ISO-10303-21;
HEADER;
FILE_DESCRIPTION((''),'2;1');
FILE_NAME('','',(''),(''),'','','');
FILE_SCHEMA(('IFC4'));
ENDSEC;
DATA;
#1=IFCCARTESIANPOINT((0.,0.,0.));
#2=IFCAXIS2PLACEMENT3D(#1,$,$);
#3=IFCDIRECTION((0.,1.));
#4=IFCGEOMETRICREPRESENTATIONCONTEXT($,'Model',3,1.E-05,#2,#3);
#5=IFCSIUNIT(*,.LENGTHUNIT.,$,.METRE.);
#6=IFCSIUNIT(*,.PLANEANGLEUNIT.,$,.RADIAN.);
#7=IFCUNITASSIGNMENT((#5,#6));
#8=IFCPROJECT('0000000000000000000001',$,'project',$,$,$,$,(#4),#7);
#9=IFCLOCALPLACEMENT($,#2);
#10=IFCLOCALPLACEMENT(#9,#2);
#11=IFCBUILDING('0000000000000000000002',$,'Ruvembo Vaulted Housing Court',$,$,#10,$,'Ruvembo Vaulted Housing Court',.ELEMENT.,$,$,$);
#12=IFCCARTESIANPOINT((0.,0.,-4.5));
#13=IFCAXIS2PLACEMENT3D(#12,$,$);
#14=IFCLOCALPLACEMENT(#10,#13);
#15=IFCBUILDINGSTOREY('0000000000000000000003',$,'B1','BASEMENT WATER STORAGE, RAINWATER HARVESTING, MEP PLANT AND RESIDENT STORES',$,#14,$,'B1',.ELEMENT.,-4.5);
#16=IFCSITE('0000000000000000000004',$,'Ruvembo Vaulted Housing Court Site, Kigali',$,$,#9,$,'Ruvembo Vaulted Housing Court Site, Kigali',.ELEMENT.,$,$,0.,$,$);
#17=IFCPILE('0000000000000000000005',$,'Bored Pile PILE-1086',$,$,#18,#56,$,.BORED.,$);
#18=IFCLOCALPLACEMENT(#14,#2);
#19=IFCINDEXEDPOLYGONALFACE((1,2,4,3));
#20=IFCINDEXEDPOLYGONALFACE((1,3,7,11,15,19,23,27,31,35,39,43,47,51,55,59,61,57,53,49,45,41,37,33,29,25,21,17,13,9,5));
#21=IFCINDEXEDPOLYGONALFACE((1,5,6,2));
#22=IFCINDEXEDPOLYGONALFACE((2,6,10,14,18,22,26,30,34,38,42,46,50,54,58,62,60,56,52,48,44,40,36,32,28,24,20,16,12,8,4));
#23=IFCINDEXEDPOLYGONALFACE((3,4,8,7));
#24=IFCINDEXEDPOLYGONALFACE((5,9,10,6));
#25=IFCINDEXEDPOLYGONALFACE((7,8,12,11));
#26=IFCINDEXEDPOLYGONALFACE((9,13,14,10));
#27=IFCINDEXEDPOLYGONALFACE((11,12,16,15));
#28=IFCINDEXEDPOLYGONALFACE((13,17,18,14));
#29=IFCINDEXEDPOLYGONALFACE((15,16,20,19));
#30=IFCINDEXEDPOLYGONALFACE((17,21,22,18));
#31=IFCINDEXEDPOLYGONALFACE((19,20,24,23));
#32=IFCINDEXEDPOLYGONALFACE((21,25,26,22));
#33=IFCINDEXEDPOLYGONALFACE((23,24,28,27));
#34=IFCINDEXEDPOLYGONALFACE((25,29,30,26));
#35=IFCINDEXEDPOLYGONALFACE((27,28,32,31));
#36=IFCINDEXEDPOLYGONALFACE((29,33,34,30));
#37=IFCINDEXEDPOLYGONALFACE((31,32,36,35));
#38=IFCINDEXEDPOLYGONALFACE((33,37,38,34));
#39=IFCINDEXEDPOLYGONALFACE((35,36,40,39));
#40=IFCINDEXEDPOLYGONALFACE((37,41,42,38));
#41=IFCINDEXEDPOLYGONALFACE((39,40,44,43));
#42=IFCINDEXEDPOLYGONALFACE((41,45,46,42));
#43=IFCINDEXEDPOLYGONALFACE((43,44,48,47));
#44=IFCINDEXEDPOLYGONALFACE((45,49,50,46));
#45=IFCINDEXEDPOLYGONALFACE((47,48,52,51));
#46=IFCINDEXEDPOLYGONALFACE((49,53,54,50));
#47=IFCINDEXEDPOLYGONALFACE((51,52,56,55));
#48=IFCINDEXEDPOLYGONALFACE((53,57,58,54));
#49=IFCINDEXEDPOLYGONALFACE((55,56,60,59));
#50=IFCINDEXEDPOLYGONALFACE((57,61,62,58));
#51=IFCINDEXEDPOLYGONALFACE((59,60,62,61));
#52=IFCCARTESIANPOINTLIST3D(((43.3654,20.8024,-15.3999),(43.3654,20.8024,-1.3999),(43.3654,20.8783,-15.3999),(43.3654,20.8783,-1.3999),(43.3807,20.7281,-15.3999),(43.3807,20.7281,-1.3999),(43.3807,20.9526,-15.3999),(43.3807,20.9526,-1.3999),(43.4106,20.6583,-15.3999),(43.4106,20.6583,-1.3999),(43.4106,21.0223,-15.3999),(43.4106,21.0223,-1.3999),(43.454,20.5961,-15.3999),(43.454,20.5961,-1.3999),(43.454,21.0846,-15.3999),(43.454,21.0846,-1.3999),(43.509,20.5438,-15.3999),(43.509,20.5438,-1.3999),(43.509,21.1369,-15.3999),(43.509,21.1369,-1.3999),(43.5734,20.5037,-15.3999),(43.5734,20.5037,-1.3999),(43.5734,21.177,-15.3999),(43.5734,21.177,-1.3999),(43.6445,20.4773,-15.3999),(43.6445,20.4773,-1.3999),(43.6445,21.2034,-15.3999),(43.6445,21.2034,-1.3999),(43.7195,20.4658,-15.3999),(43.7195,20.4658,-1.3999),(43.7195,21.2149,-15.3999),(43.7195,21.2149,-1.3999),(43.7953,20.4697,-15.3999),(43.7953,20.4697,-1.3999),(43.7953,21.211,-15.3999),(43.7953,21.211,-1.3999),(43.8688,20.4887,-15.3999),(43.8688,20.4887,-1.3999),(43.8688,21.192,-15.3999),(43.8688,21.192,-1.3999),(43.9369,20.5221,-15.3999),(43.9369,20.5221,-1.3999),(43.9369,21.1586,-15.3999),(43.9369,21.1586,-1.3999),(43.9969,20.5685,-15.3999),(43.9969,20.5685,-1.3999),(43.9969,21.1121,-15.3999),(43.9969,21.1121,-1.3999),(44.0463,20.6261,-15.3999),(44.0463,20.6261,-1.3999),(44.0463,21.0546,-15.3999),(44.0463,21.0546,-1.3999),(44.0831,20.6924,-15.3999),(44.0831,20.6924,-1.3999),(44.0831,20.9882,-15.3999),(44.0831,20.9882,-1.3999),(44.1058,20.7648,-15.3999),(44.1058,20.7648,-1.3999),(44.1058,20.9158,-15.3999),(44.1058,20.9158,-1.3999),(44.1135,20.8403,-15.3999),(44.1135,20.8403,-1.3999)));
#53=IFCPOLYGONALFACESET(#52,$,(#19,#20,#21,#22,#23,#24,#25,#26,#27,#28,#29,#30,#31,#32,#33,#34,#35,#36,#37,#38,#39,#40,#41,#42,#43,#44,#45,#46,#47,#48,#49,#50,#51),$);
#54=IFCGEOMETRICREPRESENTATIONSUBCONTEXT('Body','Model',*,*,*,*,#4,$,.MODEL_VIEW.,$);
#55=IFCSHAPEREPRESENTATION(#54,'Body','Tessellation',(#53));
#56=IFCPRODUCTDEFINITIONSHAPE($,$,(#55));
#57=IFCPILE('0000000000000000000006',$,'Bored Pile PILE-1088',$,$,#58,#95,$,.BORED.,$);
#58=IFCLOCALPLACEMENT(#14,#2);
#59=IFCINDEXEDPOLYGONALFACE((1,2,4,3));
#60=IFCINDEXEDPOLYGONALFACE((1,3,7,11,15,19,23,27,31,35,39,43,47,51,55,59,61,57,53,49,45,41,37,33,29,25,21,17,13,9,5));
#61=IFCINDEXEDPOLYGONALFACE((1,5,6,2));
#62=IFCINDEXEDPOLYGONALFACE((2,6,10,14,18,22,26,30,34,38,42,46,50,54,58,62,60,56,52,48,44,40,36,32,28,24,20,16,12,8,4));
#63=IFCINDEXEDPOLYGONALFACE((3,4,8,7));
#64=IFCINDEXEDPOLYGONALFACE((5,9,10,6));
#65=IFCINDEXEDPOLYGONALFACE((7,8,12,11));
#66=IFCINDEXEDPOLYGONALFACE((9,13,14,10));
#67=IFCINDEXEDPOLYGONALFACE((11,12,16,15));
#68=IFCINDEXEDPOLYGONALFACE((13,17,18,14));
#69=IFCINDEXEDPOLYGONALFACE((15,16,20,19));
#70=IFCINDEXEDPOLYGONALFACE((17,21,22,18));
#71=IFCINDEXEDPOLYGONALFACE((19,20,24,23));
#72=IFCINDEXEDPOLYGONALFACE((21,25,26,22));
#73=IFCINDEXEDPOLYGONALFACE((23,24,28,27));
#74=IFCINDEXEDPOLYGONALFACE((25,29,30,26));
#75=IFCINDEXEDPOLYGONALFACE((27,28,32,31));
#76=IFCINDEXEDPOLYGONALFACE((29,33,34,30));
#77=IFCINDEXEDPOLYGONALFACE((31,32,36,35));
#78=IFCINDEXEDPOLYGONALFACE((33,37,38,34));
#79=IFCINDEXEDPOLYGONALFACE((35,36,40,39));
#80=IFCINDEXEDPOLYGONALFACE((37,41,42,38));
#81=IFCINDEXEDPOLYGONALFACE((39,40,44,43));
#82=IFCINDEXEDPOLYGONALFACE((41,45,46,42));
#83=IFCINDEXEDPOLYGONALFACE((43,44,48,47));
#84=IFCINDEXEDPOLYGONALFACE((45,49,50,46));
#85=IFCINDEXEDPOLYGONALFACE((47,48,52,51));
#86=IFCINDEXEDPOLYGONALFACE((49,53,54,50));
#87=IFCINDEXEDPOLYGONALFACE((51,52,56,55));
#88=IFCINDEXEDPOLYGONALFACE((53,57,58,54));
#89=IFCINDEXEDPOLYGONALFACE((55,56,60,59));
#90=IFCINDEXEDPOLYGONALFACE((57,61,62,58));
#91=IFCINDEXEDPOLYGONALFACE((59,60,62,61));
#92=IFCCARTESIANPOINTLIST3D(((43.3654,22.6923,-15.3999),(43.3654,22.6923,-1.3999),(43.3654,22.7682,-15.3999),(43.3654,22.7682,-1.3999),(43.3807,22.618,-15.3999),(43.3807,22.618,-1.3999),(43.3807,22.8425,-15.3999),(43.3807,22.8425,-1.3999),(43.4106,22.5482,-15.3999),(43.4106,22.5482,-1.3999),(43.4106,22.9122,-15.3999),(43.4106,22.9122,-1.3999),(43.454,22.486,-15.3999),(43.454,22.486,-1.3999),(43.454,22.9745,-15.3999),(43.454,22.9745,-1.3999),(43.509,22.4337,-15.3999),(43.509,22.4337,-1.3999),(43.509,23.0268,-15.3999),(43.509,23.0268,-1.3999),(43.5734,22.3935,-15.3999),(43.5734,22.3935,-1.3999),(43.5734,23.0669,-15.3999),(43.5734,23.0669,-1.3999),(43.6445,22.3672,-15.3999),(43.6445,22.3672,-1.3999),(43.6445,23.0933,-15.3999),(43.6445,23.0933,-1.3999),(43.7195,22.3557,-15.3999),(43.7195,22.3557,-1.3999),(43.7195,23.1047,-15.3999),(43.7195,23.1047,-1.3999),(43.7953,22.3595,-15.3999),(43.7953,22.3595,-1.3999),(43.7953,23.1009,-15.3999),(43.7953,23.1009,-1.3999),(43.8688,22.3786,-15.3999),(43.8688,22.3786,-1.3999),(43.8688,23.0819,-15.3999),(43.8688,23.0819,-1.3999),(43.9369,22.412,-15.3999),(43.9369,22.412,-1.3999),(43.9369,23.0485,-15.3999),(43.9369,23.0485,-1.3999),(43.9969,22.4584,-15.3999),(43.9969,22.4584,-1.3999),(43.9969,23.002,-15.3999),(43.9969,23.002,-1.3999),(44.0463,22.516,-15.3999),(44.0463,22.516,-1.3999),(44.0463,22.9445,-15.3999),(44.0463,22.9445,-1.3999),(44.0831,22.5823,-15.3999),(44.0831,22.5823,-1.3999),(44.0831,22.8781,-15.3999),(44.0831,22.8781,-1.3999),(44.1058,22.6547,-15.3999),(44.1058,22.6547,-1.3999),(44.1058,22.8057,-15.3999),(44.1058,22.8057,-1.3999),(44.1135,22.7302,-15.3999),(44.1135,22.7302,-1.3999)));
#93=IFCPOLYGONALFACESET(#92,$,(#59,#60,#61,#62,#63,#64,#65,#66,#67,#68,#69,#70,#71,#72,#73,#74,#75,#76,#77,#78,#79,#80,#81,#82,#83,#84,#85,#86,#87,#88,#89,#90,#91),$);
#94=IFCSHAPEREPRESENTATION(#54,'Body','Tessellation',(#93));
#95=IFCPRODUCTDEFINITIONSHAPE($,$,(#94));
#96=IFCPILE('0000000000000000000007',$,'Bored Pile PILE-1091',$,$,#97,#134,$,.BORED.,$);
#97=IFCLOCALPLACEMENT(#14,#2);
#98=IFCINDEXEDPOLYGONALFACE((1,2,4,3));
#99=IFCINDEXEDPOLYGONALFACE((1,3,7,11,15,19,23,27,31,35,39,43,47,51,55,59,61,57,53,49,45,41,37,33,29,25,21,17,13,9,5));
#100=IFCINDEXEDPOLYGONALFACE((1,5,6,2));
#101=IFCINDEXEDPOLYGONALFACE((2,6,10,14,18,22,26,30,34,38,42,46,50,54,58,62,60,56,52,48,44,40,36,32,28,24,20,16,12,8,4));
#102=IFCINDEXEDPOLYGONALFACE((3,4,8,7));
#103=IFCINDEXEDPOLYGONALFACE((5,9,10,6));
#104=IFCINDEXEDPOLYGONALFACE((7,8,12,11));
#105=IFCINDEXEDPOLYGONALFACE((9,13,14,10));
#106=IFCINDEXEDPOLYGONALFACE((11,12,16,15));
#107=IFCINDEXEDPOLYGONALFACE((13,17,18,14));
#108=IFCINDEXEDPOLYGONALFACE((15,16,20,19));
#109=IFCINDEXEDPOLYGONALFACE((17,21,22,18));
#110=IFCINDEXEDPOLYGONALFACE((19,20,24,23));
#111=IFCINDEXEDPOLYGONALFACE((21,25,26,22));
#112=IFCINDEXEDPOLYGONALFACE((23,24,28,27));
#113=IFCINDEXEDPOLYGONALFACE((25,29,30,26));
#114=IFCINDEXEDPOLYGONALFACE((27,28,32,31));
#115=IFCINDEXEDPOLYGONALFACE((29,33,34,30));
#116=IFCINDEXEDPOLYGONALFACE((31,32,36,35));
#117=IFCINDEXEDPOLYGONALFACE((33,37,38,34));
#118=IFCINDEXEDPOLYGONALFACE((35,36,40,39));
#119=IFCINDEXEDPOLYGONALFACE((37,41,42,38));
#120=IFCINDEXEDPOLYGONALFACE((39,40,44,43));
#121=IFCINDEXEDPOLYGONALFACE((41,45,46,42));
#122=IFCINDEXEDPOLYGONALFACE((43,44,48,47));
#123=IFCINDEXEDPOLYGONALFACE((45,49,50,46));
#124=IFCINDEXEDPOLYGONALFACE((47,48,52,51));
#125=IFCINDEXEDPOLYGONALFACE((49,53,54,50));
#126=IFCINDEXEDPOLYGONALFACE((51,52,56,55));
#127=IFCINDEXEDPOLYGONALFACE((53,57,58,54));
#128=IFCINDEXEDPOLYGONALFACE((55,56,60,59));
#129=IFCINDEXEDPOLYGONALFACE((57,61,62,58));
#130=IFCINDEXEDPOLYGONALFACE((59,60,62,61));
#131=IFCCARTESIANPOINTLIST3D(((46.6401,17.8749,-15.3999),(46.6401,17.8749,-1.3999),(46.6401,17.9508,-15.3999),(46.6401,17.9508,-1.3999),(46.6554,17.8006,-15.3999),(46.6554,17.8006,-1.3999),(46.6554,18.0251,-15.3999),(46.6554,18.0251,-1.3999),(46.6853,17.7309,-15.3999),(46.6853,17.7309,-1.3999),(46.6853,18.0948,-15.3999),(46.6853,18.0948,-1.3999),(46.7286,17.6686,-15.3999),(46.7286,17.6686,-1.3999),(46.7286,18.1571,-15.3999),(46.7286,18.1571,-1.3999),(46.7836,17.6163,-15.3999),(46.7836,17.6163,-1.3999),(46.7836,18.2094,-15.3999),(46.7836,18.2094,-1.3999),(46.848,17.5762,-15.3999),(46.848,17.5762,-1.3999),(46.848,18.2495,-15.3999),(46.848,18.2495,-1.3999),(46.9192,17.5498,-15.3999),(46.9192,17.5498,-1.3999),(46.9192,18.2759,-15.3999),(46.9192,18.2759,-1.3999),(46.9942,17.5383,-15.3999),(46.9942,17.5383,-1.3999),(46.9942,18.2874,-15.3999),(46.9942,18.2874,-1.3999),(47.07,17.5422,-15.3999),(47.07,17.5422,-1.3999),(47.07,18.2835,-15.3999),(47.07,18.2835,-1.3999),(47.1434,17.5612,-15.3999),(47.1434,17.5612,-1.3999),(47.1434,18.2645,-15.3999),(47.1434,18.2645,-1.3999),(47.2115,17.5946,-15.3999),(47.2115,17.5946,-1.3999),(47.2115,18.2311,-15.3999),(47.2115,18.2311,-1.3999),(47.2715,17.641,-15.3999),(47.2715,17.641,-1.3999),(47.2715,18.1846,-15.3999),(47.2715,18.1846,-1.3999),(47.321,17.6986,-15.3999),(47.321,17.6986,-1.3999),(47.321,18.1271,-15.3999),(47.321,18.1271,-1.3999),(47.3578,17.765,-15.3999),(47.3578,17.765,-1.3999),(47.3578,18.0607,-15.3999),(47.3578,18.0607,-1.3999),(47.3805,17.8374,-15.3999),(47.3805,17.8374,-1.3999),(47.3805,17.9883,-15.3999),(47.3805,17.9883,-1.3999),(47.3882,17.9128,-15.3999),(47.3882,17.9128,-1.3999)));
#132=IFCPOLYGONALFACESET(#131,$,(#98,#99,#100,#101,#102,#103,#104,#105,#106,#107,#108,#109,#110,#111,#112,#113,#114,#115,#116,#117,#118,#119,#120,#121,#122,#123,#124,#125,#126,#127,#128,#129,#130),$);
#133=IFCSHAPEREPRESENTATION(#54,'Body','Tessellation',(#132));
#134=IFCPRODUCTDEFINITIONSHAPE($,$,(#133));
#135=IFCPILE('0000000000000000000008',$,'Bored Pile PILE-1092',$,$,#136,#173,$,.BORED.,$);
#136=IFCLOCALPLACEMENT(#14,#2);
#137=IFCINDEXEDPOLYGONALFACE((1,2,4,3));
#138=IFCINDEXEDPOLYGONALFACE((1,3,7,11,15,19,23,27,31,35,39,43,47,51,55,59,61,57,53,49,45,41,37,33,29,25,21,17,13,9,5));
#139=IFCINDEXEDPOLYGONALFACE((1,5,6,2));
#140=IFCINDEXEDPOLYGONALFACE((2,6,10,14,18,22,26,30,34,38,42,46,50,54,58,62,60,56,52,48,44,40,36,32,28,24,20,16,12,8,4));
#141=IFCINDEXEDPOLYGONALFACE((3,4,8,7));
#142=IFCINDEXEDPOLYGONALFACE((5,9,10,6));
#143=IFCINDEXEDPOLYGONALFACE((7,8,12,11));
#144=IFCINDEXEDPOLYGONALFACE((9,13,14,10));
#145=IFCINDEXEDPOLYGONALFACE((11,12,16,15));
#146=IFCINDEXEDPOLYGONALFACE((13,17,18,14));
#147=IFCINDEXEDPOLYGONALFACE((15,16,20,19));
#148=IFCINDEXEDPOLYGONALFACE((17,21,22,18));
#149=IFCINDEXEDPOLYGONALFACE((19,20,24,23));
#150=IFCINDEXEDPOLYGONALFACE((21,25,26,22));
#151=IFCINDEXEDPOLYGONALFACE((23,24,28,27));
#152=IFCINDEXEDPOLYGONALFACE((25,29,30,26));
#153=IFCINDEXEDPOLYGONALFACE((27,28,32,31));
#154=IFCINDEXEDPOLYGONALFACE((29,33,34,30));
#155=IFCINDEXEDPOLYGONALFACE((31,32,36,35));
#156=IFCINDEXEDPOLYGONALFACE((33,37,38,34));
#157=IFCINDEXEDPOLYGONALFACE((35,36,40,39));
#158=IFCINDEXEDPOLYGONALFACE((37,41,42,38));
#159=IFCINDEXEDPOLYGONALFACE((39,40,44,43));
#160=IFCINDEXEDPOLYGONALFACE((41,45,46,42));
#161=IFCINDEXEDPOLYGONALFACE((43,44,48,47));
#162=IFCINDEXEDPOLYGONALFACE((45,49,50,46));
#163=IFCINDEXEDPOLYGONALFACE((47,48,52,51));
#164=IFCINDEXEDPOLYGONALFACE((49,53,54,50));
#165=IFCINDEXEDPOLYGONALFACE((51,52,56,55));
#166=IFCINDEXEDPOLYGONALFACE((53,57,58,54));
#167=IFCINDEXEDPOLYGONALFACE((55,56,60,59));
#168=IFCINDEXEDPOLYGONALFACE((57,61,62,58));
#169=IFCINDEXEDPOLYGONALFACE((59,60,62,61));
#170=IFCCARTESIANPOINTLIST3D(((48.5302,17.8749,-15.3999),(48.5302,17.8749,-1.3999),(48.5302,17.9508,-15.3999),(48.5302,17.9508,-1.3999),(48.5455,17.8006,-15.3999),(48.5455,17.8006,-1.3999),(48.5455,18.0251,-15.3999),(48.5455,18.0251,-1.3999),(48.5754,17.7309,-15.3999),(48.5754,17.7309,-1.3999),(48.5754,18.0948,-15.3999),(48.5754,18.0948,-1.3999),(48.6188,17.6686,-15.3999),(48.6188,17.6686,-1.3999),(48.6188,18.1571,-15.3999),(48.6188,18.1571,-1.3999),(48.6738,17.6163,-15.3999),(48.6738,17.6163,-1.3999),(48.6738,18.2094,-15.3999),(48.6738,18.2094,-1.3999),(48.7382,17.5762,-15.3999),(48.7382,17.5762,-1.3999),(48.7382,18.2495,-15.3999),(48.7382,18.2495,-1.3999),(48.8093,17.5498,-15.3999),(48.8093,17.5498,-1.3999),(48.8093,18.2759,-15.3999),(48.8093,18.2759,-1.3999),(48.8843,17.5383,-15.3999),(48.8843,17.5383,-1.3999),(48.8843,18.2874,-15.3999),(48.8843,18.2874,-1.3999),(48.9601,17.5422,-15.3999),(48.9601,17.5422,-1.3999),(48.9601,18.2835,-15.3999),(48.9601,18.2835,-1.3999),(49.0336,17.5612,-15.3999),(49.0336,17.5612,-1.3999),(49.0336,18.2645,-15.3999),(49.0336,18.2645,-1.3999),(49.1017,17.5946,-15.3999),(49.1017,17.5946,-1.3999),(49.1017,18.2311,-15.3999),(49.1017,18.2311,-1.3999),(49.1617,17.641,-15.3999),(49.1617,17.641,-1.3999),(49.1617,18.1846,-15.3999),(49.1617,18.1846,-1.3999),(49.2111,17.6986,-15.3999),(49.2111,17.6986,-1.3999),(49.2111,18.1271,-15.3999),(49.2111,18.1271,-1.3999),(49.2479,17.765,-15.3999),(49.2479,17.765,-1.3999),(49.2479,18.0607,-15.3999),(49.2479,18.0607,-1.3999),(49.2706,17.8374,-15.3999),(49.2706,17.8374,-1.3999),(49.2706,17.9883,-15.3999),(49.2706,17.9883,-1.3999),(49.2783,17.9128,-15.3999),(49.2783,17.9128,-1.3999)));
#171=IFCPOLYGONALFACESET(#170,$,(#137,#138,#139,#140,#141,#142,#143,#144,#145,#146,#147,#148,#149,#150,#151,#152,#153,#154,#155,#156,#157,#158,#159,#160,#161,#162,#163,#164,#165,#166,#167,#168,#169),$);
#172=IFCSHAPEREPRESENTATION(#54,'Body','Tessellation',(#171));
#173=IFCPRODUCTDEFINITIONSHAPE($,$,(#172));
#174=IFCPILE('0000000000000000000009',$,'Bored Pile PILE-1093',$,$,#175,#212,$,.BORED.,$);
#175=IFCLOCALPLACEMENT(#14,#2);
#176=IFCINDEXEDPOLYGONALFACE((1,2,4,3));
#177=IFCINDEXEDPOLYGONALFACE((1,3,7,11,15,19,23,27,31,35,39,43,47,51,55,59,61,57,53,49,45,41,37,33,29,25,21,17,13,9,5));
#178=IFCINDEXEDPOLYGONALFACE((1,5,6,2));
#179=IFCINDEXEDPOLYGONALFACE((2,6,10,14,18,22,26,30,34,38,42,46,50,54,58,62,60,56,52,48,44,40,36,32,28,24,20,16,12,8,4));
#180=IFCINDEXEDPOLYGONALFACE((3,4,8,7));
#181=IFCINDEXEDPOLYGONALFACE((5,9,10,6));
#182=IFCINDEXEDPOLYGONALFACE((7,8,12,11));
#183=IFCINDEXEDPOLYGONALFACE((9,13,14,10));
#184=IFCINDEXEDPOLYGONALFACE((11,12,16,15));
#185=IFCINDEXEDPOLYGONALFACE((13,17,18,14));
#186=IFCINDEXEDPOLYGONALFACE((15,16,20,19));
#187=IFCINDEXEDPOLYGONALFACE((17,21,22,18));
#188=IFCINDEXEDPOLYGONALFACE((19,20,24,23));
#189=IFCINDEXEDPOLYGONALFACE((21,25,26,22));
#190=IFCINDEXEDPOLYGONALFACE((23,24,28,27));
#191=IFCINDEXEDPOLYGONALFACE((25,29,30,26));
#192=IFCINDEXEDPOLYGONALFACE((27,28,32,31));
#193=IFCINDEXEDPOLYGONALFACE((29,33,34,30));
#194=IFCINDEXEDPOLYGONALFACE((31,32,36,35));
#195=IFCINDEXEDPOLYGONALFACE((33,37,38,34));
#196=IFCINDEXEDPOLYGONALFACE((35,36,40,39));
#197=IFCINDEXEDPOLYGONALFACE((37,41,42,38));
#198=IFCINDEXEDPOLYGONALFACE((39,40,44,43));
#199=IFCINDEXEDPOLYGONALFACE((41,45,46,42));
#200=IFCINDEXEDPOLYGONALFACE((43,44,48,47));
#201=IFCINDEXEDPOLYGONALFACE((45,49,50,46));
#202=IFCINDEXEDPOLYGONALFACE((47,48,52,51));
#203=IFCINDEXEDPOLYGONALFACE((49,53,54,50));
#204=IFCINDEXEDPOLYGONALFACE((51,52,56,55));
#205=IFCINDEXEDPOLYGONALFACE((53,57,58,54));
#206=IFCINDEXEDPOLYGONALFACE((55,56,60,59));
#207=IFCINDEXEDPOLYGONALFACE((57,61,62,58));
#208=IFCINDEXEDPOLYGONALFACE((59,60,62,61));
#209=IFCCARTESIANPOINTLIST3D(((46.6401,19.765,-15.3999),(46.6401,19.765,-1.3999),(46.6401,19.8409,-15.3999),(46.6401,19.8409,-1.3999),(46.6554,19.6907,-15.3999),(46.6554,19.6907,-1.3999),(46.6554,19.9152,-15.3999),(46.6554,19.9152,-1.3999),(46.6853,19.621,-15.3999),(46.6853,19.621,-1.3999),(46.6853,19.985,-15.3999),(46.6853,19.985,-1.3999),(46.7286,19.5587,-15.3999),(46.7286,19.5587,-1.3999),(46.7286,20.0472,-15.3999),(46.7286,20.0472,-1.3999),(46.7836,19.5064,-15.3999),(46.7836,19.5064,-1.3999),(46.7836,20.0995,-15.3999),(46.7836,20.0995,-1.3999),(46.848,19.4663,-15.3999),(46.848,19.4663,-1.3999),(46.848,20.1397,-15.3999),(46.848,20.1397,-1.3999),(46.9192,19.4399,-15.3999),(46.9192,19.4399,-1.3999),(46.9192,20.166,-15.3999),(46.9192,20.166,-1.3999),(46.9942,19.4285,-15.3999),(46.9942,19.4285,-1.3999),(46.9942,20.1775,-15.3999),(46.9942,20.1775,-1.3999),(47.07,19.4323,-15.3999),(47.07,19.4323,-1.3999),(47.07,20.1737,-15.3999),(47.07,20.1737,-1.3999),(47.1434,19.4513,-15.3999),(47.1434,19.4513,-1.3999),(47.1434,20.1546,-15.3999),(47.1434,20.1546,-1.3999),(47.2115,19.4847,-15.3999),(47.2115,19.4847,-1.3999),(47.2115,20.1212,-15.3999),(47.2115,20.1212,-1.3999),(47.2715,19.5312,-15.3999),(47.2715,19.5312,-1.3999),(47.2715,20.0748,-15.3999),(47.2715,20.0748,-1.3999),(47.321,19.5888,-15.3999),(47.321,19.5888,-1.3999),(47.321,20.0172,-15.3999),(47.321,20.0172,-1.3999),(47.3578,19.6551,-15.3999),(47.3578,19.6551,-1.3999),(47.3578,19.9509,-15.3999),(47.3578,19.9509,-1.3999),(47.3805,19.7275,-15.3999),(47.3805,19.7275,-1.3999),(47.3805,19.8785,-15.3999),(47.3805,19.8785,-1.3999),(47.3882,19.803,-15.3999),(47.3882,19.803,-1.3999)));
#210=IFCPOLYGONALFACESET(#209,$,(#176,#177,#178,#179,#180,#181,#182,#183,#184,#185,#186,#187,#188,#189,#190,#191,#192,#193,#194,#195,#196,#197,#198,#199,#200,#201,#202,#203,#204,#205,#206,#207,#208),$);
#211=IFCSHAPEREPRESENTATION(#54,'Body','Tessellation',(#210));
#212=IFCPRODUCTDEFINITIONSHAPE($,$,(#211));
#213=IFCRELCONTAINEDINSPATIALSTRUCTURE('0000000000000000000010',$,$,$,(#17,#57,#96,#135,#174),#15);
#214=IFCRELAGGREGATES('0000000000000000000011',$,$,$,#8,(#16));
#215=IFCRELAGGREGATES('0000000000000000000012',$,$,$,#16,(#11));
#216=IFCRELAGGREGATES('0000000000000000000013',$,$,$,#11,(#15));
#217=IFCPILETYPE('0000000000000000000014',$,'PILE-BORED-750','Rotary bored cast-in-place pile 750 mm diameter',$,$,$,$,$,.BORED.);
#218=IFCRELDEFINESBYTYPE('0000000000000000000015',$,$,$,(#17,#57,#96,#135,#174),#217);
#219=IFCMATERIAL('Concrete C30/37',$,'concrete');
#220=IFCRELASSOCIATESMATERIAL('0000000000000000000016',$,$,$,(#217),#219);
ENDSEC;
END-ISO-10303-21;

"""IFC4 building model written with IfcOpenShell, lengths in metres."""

from ifc_helpers import new_model, si_unit, direction, frame, origin, origin_2d, place, context, subcontext, project, spatial, circle, extrude, material, material_profile, profile_set, type_object, element, save


model = new_model("IFC4")

# Units and contexts
model_context = context("Model", 3, precision=1e-05, world=origin(), true_north=direction((0.0, 1.0)))
body_context = subcontext(model_context, "Body", "Model", "MODEL_VIEW")
ifc_project = project(units=[si_unit("LENGTHUNIT", "METRE"), si_unit("PLANEANGLEUNIT", "RADIAN")], contexts=[model_context])

# Site, building, storey
site_placement = place(None, origin())
site = spatial("IfcSite", under=ifc_project, at=site_placement, Name="Ruvembo Vaulted Housing Court Site, Kigali", LongName="Ruvembo Vaulted Housing Court Site, Kigali", CompositionType="ELEMENT", RefElevation=0.0)
building_placement = place(site_placement, origin())
building = spatial("IfcBuilding", under=site, at=building_placement, Name="Ruvembo Vaulted Housing Court", LongName="Ruvembo Vaulted Housing Court", CompositionType="ELEMENT")
storey_placement = place(building_placement, frame((0.0, 0.0, -4.5)))
storey = spatial("IfcBuildingStorey", under=building, at=storey_placement, Name="B1", Description="BASEMENT WATER STORAGE, RAINWATER HARVESTING, MEP PLANT AND RESIDENT STORES", LongName="B1", CompositionType="ELEMENT", Elevation=-4.5)

# Piles
ifc_material_1 = material(Name="Concrete C30/37", Category="concrete")
ifc_material_profile_1 = material_profile(ifc_material_1, circle(Radius=0.375, at=origin_2d()), Name="PILE D750")
ifc_profile_set_1 = profile_set([ifc_material_profile_1], Name="Concrete C30/37")
pile_type_1 = type_object("IfcPileType", Name="PILE-BORED-750", Description="Rotary bored cast-in-place pile 750 mm diameter", PredefinedType="BORED", material=ifc_profile_set_1)
for number, where, z_axis, x_axis, name in (
    (1, (43.7385, 20.8403, -1.3999), (0.0, 0.0, -1.0), (1.0, 0.0, 0.0), "Bored Pile PILE-1086"),
    (2, (43.7385, 22.7302, -1.3999), (0.0, 0.0, -1.0), (1.0, 0.0, 0.0), "Bored Pile PILE-1088"),
    (3, (47.0132, 17.9128, -1.3999), (0.0, 0.0, -1.0), (1.0, 0.0, 0.0), "Bored Pile PILE-1091"),
    (4, (48.9033, 17.9128, -1.3999), (0.0, 0.0, -1.0), (1.0, 0.0, 0.0), "Bored Pile PILE-1092"),
    (5, (47.0132, 19.803, -1.3999), (0.0, 0.0, -1.0), (1.0, 0.0, 0.0), "Bored Pile PILE-1093"),
):
    element("IfcPile", number, at=place(storey_placement, frame(where, z_axis=z_axis, x_axis=x_axis)), inside=storey, type_object=pile_type_1, Name=name, PredefinedType="BORED", context=body_context, shape_type="SweptSolid", body=[
        extrude(circle(Radius=0.375, at=origin_2d()), origin(), (0.0, 0.0, 1.0), 14.0),
    ])

save(model, "model.ifc")
